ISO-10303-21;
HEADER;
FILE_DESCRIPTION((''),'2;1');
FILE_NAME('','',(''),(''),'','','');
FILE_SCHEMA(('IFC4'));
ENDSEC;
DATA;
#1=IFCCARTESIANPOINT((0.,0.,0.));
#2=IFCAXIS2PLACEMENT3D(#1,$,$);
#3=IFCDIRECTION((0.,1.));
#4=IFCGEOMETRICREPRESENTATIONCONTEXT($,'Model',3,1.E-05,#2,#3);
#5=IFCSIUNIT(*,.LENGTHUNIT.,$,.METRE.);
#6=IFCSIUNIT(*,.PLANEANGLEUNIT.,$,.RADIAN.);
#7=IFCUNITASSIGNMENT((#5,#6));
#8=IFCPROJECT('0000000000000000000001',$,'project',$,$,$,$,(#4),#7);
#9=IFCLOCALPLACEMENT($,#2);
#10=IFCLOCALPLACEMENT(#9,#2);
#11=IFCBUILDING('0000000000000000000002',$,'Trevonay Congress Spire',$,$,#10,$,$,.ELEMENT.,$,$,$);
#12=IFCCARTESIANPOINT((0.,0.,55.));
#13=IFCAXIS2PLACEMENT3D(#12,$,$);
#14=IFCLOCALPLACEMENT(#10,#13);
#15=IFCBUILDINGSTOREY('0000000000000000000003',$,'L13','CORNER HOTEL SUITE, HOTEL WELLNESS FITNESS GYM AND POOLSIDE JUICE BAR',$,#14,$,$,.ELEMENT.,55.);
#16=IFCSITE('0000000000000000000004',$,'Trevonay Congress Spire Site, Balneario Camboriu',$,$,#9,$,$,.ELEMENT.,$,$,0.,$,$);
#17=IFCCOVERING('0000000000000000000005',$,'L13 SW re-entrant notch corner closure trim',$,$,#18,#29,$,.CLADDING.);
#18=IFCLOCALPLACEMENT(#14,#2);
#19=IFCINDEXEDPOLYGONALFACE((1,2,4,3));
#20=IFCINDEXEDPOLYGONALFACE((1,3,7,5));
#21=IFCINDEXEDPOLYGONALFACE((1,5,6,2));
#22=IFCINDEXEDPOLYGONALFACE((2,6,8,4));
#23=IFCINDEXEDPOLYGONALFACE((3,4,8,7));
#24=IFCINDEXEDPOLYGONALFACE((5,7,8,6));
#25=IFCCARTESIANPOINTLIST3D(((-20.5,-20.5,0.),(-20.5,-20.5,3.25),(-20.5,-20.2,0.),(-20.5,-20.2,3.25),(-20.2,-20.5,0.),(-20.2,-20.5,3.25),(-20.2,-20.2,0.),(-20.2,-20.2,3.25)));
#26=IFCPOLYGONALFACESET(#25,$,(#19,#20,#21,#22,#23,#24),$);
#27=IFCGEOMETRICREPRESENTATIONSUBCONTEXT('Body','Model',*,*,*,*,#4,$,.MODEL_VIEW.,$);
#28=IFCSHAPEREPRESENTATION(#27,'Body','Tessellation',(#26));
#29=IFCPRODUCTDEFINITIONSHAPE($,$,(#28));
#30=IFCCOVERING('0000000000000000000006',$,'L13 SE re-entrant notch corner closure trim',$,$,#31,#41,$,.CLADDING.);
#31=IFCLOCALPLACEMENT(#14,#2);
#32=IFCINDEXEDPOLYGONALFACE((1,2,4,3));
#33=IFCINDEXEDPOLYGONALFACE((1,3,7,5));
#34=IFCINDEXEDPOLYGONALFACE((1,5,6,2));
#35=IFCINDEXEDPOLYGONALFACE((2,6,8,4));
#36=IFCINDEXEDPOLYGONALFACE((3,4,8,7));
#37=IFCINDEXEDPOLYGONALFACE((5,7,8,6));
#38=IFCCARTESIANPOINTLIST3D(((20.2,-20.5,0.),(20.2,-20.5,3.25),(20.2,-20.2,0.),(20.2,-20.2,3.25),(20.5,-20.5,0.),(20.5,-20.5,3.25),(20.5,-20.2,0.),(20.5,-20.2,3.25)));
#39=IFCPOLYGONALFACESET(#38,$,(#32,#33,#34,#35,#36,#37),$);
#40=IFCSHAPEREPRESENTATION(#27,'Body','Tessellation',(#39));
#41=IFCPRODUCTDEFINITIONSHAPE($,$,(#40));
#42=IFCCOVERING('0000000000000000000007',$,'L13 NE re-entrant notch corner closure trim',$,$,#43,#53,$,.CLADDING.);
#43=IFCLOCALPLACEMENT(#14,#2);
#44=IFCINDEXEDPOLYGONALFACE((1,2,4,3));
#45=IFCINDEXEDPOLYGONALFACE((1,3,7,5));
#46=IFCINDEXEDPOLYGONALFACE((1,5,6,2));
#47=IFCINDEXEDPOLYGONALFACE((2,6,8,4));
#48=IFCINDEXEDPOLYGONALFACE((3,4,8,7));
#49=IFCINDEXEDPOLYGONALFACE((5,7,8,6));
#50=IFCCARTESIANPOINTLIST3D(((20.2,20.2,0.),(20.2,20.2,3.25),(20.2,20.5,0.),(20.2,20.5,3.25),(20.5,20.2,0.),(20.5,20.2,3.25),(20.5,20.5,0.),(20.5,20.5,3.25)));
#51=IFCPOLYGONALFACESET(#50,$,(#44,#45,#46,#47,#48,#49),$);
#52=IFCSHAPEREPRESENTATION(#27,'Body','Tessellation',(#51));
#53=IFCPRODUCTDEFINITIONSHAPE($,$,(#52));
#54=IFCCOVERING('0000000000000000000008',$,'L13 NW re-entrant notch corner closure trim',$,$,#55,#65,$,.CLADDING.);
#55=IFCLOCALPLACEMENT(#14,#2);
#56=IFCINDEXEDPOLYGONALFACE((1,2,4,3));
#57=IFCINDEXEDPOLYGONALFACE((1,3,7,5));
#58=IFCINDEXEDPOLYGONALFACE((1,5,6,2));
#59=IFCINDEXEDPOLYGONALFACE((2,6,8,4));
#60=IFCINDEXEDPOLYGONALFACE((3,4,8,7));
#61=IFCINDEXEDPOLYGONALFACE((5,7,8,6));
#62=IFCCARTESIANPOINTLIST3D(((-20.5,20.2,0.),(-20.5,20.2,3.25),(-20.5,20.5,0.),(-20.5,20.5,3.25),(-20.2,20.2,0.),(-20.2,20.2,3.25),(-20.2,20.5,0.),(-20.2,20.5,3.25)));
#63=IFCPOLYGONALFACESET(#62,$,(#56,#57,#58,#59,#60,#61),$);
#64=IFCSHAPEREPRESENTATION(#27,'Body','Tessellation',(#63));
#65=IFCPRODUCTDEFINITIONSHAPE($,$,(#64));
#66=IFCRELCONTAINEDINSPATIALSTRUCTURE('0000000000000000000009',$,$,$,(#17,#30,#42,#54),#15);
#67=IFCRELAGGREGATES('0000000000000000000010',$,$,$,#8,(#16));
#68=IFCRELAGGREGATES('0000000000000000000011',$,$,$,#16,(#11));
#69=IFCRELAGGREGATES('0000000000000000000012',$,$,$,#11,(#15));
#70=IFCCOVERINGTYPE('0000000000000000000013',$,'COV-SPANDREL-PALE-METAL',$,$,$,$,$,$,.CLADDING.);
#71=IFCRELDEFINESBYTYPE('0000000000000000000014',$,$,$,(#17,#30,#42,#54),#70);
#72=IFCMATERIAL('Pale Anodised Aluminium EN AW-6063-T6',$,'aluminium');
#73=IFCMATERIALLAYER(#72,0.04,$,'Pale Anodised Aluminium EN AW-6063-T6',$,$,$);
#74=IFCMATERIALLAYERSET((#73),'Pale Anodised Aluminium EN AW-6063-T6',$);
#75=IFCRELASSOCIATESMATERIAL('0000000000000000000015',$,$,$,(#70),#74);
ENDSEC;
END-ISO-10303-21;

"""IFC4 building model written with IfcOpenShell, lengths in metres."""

from ifc_helpers import new_model, si_unit, direction, frame, origin, place, context, subcontext, project, spatial, polyline, outline, extrude, material, layer, layer_set, type_object, element, save


model = new_model("IFC4")

# Units and contexts
model_context = context("Model", 3, precision=1e-05, world=origin(), true_north=direction((0.0, 1.0)))
body_context = subcontext(model_context, "Body", "Model", "MODEL_VIEW")
ifc_project = project(units=[si_unit("LENGTHUNIT", "METRE"), si_unit("PLANEANGLEUNIT", "RADIAN")], contexts=[model_context])

# Site, building, storey
site_placement = place(None, origin())
site = spatial("IfcSite", under=ifc_project, at=site_placement, Name="Trevonay Congress Spire Site, Balneario Camboriu", CompositionType="ELEMENT", RefElevation=0.0)
building_placement = place(site_placement, origin())
building = spatial("IfcBuilding", under=site, at=building_placement, Name="Trevonay Congress Spire", CompositionType="ELEMENT")
storey_placement = place(building_placement, frame((0.0, 0.0, 55.0)))
storey = spatial("IfcBuildingStorey", under=building, at=storey_placement, Name="L13", Description="CORNER HOTEL SUITE, HOTEL WELLNESS FITNESS GYM AND POOLSIDE JUICE BAR", CompositionType="ELEMENT", Elevation=55.0)

# Coverings
ifc_material_1 = material(Name="Pale Anodised Aluminium EN AW-6063-T6", Category="aluminium")
ifc_layer_1 = layer(ifc_material_1, 0.04, Name="Pale Anodised Aluminium EN AW-6063-T6")
ifc_layer_set_1 = layer_set([ifc_layer_1], Name="Pale Anodised Aluminium EN AW-6063-T6")
covering_type_1 = type_object("IfcCoveringType", Name="COV-SPANDREL-PALE-METAL", PredefinedType="CLADDING", material=ifc_layer_set_1)
covering_1_placement = place(storey_placement, origin())
element("IfcCovering", 1, at=covering_1_placement, inside=storey, type_object=covering_type_1, Name="L13 SW re-entrant notch corner closure trim", PredefinedType="CLADDING", context=body_context, shape_type="SweptSolid", body=[
    extrude(outline(polyline([(-20.5, -20.5), (-20.2, -20.5), (-20.2, -20.2), (-20.5, -20.2), (-20.5, -20.5)])), origin(), (0.0, 0.0, 1.0), 3.25),
])
covering_2_placement = place(storey_placement, origin())
element("IfcCovering", 2, at=covering_2_placement, inside=storey, type_object=covering_type_1, Name="L13 SE re-entrant notch corner closure trim", PredefinedType="CLADDING", context=body_context, shape_type="SweptSolid", body=[
    extrude(outline(polyline([(20.2, -20.5), (20.5, -20.5), (20.5, -20.2), (20.2, -20.2), (20.2, -20.5)])), origin(), (0.0, 0.0, 1.0), 3.25),
])
covering_3_placement = place(storey_placement, origin())
element("IfcCovering", 3, at=covering_3_placement, inside=storey, type_object=covering_type_1, Name="L13 NE re-entrant notch corner closure trim", PredefinedType="CLADDING", context=body_context, shape_type="SweptSolid", body=[
    extrude(outline(polyline([(20.2, 20.2), (20.5, 20.2), (20.5, 20.5), (20.2, 20.5), (20.2, 20.2)])), origin(), (0.0, 0.0, 1.0), 3.25),
])
covering_4_placement = place(storey_placement, origin())
element("IfcCovering", 4, at=covering_4_placement, inside=storey, type_object=covering_type_1, Name="L13 NW re-entrant notch corner closure trim", PredefinedType="CLADDING", context=body_context, shape_type="SweptSolid", body=[
    extrude(outline(polyline([(-20.5, 20.2), (-20.2, 20.2), (-20.2, 20.5), (-20.5, 20.5), (-20.5, 20.2)])), origin(), (0.0, 0.0, 1.0), 3.25),
])

save(model, "model.ifc")
